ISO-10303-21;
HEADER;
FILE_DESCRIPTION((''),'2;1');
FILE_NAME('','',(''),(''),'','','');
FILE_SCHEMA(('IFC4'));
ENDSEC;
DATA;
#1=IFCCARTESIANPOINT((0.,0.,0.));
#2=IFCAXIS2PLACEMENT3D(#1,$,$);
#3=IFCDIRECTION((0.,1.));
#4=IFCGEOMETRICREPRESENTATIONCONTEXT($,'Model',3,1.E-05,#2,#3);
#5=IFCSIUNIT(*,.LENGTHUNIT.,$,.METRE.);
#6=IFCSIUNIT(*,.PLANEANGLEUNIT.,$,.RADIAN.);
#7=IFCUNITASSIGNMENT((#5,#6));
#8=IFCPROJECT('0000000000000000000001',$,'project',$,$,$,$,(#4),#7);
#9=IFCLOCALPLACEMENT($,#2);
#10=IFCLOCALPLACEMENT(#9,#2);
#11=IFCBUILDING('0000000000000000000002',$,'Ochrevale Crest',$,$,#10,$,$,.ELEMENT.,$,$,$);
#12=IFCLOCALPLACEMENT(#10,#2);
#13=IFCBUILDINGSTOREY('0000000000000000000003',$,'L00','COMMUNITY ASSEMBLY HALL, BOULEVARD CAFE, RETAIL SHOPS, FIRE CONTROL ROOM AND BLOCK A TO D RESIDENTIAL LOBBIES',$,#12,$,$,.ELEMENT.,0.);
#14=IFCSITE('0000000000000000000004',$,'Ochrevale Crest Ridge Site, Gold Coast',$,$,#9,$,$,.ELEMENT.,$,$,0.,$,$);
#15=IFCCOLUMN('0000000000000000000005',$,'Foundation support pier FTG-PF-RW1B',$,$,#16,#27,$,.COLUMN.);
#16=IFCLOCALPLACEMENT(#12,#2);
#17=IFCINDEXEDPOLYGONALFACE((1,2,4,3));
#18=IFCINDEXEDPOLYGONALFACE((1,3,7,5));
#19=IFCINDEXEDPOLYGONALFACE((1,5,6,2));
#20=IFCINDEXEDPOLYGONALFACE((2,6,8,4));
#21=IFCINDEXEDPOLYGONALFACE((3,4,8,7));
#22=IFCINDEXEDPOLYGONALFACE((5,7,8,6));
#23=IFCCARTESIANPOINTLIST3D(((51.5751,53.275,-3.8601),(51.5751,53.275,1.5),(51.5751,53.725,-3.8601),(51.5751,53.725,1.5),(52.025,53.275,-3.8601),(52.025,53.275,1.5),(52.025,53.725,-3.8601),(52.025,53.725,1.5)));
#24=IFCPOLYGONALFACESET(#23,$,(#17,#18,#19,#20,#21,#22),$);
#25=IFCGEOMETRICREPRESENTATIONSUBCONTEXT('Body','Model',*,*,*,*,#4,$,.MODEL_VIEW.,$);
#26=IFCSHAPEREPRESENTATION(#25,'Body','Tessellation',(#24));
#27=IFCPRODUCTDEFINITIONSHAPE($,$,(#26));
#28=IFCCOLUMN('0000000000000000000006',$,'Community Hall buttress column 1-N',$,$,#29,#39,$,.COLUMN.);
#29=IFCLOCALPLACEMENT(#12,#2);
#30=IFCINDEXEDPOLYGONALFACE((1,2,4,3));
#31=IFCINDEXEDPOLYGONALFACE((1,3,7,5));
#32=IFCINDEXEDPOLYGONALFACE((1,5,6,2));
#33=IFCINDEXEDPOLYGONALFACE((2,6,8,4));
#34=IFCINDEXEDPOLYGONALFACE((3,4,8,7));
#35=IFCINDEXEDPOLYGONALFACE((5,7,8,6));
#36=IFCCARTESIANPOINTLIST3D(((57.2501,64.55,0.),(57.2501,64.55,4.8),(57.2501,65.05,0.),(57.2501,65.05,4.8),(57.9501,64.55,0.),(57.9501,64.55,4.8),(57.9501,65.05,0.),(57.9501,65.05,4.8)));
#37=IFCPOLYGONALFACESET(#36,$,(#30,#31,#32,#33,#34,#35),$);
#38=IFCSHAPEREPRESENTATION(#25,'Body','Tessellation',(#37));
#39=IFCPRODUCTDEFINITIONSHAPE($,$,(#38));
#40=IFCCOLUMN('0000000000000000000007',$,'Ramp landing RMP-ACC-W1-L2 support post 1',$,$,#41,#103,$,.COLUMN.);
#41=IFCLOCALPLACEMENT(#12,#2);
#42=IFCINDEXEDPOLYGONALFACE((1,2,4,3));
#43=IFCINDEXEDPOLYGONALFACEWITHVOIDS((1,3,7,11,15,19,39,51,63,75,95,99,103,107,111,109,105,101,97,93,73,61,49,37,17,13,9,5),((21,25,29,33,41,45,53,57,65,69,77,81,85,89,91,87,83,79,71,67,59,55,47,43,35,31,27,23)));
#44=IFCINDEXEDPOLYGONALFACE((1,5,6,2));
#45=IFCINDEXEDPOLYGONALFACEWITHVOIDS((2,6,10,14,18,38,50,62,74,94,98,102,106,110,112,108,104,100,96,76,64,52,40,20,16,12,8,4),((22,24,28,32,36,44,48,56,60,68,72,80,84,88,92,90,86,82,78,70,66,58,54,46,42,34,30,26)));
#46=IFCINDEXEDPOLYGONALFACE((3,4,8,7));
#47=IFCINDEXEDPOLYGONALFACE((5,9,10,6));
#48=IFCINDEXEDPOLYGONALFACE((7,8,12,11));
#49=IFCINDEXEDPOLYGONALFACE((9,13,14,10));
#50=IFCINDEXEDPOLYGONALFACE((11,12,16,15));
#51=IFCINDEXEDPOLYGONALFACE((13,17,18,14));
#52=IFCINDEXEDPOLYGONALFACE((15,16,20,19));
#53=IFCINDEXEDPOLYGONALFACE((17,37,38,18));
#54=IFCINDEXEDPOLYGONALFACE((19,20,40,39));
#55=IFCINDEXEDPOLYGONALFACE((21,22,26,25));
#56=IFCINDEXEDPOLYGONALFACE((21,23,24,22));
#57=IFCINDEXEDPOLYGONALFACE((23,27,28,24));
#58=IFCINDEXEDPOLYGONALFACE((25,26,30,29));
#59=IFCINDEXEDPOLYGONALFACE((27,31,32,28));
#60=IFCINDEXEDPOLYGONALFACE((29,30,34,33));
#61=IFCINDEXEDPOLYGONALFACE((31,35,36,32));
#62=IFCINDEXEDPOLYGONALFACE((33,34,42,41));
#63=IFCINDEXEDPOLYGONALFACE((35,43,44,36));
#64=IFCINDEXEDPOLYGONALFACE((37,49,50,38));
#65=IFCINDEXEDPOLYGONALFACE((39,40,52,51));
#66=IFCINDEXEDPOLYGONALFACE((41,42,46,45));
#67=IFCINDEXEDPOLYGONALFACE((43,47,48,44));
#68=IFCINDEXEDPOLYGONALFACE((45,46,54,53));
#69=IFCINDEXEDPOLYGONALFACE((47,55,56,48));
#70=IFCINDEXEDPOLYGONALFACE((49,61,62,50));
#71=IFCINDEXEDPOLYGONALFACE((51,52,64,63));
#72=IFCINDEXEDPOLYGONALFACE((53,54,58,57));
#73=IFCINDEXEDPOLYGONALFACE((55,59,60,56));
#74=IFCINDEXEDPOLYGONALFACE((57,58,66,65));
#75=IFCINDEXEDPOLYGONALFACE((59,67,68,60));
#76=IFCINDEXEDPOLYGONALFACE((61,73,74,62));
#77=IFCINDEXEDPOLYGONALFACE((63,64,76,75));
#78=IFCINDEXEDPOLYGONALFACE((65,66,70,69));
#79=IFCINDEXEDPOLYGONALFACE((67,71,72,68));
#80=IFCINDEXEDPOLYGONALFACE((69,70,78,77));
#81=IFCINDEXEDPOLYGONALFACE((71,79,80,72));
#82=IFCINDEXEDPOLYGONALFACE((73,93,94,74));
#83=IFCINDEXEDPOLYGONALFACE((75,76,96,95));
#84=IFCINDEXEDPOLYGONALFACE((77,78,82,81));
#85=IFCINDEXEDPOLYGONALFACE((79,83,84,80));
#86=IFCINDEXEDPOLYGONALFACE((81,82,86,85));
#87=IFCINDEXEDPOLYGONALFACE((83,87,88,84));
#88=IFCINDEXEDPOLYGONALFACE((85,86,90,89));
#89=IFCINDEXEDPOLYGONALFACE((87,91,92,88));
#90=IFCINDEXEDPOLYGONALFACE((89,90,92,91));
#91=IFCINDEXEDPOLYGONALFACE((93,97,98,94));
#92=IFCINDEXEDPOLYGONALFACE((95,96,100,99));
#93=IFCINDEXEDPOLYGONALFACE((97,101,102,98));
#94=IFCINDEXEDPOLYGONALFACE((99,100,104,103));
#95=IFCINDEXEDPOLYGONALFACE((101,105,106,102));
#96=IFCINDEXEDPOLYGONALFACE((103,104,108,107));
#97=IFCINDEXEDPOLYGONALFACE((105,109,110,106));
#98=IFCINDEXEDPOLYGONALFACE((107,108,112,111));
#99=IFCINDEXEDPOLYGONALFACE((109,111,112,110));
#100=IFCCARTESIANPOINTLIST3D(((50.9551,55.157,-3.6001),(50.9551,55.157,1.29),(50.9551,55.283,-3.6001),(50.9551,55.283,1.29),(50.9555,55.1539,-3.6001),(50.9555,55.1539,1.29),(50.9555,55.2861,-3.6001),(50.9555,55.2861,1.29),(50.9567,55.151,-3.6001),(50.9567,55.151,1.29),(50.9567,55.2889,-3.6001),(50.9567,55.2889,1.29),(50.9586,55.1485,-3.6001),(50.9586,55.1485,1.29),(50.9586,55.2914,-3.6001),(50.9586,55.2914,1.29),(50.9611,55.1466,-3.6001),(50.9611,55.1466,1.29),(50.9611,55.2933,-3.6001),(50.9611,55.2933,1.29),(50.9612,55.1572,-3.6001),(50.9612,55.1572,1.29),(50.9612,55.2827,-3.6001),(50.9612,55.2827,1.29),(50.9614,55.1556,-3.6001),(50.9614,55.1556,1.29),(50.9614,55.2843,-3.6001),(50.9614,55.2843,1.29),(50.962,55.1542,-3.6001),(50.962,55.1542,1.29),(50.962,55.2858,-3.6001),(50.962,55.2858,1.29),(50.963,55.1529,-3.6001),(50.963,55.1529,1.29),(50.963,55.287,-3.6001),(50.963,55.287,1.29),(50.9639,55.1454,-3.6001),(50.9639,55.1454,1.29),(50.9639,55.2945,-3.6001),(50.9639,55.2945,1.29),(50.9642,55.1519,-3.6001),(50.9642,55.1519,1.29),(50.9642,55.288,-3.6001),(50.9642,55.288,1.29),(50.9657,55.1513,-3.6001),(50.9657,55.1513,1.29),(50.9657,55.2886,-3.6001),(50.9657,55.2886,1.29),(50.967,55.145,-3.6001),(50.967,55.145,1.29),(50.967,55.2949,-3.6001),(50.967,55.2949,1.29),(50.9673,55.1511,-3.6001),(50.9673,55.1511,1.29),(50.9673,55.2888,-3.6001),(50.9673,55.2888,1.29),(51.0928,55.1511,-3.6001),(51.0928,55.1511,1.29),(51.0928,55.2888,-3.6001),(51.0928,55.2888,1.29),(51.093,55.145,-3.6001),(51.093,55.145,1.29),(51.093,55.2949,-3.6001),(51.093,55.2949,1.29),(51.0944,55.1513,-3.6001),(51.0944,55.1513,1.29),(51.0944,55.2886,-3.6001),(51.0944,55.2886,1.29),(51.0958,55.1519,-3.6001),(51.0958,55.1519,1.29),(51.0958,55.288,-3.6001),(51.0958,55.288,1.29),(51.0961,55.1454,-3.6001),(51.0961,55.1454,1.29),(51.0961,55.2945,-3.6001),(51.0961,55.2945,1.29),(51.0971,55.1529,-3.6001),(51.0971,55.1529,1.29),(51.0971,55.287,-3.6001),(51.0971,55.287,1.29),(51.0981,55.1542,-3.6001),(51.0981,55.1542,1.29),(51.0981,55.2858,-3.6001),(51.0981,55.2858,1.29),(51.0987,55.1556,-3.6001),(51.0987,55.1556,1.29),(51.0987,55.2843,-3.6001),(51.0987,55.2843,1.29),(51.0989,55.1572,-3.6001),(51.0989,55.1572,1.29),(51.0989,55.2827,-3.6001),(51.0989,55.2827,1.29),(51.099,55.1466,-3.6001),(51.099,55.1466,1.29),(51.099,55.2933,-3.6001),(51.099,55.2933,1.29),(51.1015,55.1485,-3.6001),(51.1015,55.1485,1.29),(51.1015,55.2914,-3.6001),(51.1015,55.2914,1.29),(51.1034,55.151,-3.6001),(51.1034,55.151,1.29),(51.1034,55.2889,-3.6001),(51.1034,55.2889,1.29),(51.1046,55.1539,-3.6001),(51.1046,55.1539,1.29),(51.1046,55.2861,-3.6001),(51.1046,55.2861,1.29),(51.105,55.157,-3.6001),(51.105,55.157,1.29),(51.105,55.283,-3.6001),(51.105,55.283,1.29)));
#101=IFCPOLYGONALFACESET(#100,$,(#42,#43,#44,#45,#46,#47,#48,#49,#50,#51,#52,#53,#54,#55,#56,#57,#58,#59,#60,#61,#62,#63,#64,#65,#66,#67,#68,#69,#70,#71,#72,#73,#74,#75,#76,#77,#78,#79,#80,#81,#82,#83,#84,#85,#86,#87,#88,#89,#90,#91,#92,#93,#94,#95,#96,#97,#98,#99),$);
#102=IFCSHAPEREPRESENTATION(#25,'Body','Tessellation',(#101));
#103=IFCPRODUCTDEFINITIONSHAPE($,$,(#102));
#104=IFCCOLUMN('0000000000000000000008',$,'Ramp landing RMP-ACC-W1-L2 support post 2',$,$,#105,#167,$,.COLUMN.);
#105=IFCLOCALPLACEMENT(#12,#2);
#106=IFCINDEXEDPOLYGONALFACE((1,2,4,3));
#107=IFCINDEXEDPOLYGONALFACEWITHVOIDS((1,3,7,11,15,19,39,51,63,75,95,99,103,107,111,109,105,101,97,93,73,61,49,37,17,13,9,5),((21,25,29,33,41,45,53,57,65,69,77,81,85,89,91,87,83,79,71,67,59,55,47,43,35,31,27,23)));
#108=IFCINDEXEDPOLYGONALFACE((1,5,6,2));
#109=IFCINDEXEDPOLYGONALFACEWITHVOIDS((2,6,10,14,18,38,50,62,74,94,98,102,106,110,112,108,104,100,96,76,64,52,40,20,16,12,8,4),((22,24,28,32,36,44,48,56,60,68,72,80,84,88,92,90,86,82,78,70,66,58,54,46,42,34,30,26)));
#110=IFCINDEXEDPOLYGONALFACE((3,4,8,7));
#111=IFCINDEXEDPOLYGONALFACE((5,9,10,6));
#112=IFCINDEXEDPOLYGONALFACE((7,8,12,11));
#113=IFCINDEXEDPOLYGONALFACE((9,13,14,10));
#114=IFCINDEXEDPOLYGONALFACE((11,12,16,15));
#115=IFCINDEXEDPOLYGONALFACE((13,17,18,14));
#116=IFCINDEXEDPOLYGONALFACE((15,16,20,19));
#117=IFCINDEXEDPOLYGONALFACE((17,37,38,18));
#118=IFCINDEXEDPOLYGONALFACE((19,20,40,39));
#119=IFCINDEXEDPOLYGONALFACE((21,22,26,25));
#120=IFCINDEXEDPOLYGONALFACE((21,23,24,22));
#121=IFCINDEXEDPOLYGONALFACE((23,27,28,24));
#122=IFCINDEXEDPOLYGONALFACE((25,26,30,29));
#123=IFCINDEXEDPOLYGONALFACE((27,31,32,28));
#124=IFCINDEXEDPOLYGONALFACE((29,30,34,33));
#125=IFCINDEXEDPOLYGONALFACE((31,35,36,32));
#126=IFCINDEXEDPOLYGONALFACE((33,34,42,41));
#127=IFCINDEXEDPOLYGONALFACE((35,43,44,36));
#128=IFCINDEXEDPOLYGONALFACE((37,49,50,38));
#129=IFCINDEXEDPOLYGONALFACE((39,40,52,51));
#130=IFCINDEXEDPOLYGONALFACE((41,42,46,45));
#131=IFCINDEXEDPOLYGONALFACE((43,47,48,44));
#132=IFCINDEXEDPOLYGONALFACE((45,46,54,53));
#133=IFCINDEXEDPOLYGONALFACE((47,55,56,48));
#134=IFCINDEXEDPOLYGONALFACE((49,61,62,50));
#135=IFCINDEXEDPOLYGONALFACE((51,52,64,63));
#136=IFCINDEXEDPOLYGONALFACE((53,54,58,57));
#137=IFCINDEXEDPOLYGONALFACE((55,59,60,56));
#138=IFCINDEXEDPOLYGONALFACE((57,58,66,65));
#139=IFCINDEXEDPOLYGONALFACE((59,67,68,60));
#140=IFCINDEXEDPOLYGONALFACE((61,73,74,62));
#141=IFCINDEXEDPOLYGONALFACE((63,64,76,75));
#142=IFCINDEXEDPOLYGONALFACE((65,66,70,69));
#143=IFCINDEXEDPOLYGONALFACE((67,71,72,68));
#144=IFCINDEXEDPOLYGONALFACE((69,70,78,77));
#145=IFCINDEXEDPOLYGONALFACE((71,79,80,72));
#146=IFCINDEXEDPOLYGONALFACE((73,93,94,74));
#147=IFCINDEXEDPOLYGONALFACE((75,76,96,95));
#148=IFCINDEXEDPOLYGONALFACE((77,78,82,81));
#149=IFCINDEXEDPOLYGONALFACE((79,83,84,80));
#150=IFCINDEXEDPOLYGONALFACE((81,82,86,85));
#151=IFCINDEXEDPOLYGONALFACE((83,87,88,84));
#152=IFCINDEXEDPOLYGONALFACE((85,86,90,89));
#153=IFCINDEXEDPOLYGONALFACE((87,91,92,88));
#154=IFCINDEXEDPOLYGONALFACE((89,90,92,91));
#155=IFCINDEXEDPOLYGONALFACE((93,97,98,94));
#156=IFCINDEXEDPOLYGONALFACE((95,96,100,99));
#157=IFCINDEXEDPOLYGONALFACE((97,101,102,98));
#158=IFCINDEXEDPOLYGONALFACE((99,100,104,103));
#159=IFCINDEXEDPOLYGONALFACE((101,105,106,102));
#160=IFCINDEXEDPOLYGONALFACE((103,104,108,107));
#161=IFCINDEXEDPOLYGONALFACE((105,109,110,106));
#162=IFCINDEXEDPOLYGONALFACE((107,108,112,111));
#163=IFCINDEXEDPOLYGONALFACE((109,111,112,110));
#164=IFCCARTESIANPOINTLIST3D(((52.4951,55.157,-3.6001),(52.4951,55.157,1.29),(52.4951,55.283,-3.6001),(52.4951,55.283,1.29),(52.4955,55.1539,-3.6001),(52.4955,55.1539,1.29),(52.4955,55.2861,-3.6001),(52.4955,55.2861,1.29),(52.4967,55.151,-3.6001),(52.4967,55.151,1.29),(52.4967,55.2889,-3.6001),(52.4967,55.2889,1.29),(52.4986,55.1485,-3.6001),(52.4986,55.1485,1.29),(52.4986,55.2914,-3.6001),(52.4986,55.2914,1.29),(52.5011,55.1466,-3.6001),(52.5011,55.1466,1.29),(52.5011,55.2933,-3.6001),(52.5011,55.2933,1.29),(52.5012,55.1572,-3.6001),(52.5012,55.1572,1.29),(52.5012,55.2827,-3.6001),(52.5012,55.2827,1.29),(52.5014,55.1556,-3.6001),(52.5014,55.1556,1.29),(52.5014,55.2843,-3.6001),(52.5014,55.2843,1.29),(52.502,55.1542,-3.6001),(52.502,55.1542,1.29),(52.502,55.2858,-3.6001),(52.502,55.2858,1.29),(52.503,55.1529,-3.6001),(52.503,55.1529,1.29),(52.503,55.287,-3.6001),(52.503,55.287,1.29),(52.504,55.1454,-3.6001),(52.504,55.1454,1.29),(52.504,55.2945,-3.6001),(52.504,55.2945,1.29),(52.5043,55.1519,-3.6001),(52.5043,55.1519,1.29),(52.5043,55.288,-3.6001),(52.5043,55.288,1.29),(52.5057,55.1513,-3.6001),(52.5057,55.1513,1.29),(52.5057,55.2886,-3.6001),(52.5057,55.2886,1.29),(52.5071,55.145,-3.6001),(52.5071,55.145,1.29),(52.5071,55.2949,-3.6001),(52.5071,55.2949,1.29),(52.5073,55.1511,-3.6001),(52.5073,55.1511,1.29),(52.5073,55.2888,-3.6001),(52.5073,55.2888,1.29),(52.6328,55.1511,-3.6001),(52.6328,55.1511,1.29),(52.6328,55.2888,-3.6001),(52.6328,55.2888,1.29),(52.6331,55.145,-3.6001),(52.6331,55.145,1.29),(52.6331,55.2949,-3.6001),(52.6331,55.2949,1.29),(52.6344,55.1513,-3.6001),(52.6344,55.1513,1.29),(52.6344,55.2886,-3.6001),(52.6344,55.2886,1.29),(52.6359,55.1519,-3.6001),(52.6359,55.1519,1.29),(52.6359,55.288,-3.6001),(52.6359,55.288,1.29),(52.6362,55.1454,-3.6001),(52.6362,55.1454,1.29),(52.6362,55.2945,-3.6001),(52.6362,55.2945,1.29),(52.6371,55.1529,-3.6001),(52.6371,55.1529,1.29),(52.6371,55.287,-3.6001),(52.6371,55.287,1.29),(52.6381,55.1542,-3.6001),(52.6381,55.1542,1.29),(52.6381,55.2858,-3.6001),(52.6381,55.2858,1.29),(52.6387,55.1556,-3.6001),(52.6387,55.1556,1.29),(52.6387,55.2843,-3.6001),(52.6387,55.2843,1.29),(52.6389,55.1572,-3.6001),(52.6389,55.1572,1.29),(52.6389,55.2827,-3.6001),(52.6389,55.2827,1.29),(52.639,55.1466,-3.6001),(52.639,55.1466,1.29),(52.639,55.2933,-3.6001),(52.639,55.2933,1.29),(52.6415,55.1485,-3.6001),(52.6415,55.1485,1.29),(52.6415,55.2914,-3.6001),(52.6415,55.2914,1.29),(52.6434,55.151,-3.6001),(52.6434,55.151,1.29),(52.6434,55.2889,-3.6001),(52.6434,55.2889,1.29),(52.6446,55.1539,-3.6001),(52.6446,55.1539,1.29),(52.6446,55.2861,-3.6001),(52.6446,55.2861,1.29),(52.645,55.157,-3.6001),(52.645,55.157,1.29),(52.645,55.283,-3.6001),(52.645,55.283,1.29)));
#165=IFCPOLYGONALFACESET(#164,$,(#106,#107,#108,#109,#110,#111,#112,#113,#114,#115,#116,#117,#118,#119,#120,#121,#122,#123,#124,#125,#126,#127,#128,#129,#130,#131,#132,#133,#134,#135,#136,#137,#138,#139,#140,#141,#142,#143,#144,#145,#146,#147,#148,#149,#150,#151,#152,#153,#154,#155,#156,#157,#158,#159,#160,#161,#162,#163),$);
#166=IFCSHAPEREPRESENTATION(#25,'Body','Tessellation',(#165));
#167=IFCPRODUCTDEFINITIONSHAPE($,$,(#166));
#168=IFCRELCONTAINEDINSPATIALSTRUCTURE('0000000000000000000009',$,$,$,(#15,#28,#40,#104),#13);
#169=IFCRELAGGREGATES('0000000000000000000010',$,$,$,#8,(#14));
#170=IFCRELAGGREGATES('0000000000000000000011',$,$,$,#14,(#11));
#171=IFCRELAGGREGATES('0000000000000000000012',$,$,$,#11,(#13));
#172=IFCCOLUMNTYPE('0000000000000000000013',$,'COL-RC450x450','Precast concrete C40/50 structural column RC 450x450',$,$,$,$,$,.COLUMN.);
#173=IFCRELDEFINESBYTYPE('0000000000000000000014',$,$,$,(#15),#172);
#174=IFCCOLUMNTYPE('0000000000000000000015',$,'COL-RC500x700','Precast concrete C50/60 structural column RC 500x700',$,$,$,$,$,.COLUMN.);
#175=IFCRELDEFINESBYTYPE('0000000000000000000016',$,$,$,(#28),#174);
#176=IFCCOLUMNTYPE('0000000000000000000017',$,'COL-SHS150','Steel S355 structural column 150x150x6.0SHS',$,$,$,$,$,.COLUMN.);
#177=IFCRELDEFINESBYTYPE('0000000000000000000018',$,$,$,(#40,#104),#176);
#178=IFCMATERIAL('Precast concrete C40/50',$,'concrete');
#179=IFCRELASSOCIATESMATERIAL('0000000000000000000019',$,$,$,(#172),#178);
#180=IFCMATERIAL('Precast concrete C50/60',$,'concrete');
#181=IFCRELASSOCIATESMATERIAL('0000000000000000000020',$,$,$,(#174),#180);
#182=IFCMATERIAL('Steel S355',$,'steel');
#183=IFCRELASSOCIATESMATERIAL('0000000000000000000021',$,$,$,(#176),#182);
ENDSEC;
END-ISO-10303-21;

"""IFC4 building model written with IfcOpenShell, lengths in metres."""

from ifc_helpers import new_model, si_unit, direction, frame, origin, origin_2d, place, context, subcontext, project, spatial, rectangle, hollow_rectangle, extrude, material, material_profile, profile_set, type_object, element, save


model = new_model("IFC4")

# Units and contexts
model_context = context("Model", 3, precision=1e-05, world=origin(), true_north=direction((0.0, 1.0)))
body_context = subcontext(model_context, "Body", "Model", "MODEL_VIEW")
ifc_project = project(units=[si_unit("LENGTHUNIT", "METRE"), si_unit("PLANEANGLEUNIT", "RADIAN")], contexts=[model_context])

# Site, building, storey
site_placement = place(None, origin())
site = spatial("IfcSite", under=ifc_project, at=site_placement, Name="Ochrevale Crest Ridge Site, Gold Coast", CompositionType="ELEMENT", RefElevation=0.0)
building_placement = place(site_placement, origin())
building = spatial("IfcBuilding", under=site, at=building_placement, Name="Ochrevale Crest", CompositionType="ELEMENT")
storey_placement = place(building_placement, origin())
storey = spatial("IfcBuildingStorey", under=building, at=storey_placement, Name="L00", Description="COMMUNITY ASSEMBLY HALL, BOULEVARD CAFE, RETAIL SHOPS, FIRE CONTROL ROOM AND BLOCK A TO D RESIDENTIAL LOBBIES", CompositionType="ELEMENT", Elevation=0.0)

# Columns
ifc_material_1 = material(Name="Precast concrete C40/50", Category="concrete")
ifc_material_profile_1 = material_profile(ifc_material_1, rectangle(XDim=0.45, YDim=0.45, at=origin_2d()), Name="RC 450x450")
ifc_profile_set_1 = profile_set([ifc_material_profile_1], Name="Precast concrete C40/50")
column_type_1 = type_object("IfcColumnType", Name="COL-RC450x450", Description="Precast concrete C40/50 structural column RC 450x450", PredefinedType="COLUMN", material=ifc_profile_set_1)
column_1_placement = place(storey_placement, frame((51.8, 53.5, -3.8601), z_axis=(0.0, 0.0, 1.0), x_axis=(1.0, 0.0, 0.0)))
element("IfcColumn", 1, at=column_1_placement, inside=storey, type_object=column_type_1, Name="Foundation support pier FTG-PF-RW1B", PredefinedType="COLUMN", context=body_context, shape_type="SweptSolid", body=[
    extrude(rectangle(XDim=0.45, YDim=0.45, at=origin_2d()), origin(), (0.0, 0.0, 1.0), 5.3601),
])
ifc_material_2 = material(Name="Precast concrete C50/60", Category="concrete")
ifc_material_profile_2 = material_profile(ifc_material_2, rectangle(XDim=0.5, YDim=0.7, at=origin_2d()), Name="RC 500x700")
ifc_profile_set_2 = profile_set([ifc_material_profile_2], Name="Precast concrete C50/60")
column_type_2 = type_object("IfcColumnType", Name="COL-RC500x700", Description="Precast concrete C50/60 structural column RC 500x700", PredefinedType="COLUMN", material=ifc_profile_set_2)
column_2_placement = place(storey_placement, frame((57.6001, 64.8, 0.0), z_axis=(0.0, 0.0, 1.0), x_axis=(0.0, 1.0, 0.0)))
element("IfcColumn", 2, at=column_2_placement, inside=storey, type_object=column_type_2, Name="Community Hall buttress column 1-N", PredefinedType="COLUMN", context=body_context, shape_type="SweptSolid", body=[
    extrude(rectangle(XDim=0.5, YDim=0.7, at=origin_2d()), origin(), (0.0, 0.0, 1.0), 4.8),
])
ifc_material_3 = material(Name="Steel S355", Category="steel")
ifc_material_profile_3 = material_profile(ifc_material_3, hollow_rectangle(XDim=0.1499, YDim=0.1499, WallThickness=0.0061, InnerFilletRadius=0.0061, OuterFilletRadius=0.012, at=origin_2d()), Name="150x150x6.0SHS")
ifc_profile_set_3 = profile_set([ifc_material_profile_3], Name="Steel S355")
column_type_3 = type_object("IfcColumnType", Name="COL-SHS150", Description="Steel S355 structural column 150x150x6.0SHS", PredefinedType="COLUMN", material=ifc_profile_set_3)
for number, where, z_axis, x_axis, name in (
    (3, (51.03, 55.22, -3.6001), (0.0, 0.0, 1.0), (1.0, 0.0, 0.0), "Ramp landing RMP-ACC-W1-L2 support post 1"),
    (4, (52.5701, 55.22, -3.6001), (0.0, 0.0, 1.0), (1.0, 0.0, 0.0), "Ramp landing RMP-ACC-W1-L2 support post 2"),
):
    element("IfcColumn", number, at=place(storey_placement, frame(where, z_axis=z_axis, x_axis=x_axis)), inside=storey, type_object=column_type_3, Name=name, PredefinedType="COLUMN", context=body_context, shape_type="SweptSolid", body=[
        extrude(hollow_rectangle(XDim=0.1499, YDim=0.1499, WallThickness=0.0061, InnerFilletRadius=0.0061, OuterFilletRadius=0.012, at=origin_2d()), origin(), (0.0, 0.0, 1.0), 4.8901),
    ])

save(model, "model.ifc")
